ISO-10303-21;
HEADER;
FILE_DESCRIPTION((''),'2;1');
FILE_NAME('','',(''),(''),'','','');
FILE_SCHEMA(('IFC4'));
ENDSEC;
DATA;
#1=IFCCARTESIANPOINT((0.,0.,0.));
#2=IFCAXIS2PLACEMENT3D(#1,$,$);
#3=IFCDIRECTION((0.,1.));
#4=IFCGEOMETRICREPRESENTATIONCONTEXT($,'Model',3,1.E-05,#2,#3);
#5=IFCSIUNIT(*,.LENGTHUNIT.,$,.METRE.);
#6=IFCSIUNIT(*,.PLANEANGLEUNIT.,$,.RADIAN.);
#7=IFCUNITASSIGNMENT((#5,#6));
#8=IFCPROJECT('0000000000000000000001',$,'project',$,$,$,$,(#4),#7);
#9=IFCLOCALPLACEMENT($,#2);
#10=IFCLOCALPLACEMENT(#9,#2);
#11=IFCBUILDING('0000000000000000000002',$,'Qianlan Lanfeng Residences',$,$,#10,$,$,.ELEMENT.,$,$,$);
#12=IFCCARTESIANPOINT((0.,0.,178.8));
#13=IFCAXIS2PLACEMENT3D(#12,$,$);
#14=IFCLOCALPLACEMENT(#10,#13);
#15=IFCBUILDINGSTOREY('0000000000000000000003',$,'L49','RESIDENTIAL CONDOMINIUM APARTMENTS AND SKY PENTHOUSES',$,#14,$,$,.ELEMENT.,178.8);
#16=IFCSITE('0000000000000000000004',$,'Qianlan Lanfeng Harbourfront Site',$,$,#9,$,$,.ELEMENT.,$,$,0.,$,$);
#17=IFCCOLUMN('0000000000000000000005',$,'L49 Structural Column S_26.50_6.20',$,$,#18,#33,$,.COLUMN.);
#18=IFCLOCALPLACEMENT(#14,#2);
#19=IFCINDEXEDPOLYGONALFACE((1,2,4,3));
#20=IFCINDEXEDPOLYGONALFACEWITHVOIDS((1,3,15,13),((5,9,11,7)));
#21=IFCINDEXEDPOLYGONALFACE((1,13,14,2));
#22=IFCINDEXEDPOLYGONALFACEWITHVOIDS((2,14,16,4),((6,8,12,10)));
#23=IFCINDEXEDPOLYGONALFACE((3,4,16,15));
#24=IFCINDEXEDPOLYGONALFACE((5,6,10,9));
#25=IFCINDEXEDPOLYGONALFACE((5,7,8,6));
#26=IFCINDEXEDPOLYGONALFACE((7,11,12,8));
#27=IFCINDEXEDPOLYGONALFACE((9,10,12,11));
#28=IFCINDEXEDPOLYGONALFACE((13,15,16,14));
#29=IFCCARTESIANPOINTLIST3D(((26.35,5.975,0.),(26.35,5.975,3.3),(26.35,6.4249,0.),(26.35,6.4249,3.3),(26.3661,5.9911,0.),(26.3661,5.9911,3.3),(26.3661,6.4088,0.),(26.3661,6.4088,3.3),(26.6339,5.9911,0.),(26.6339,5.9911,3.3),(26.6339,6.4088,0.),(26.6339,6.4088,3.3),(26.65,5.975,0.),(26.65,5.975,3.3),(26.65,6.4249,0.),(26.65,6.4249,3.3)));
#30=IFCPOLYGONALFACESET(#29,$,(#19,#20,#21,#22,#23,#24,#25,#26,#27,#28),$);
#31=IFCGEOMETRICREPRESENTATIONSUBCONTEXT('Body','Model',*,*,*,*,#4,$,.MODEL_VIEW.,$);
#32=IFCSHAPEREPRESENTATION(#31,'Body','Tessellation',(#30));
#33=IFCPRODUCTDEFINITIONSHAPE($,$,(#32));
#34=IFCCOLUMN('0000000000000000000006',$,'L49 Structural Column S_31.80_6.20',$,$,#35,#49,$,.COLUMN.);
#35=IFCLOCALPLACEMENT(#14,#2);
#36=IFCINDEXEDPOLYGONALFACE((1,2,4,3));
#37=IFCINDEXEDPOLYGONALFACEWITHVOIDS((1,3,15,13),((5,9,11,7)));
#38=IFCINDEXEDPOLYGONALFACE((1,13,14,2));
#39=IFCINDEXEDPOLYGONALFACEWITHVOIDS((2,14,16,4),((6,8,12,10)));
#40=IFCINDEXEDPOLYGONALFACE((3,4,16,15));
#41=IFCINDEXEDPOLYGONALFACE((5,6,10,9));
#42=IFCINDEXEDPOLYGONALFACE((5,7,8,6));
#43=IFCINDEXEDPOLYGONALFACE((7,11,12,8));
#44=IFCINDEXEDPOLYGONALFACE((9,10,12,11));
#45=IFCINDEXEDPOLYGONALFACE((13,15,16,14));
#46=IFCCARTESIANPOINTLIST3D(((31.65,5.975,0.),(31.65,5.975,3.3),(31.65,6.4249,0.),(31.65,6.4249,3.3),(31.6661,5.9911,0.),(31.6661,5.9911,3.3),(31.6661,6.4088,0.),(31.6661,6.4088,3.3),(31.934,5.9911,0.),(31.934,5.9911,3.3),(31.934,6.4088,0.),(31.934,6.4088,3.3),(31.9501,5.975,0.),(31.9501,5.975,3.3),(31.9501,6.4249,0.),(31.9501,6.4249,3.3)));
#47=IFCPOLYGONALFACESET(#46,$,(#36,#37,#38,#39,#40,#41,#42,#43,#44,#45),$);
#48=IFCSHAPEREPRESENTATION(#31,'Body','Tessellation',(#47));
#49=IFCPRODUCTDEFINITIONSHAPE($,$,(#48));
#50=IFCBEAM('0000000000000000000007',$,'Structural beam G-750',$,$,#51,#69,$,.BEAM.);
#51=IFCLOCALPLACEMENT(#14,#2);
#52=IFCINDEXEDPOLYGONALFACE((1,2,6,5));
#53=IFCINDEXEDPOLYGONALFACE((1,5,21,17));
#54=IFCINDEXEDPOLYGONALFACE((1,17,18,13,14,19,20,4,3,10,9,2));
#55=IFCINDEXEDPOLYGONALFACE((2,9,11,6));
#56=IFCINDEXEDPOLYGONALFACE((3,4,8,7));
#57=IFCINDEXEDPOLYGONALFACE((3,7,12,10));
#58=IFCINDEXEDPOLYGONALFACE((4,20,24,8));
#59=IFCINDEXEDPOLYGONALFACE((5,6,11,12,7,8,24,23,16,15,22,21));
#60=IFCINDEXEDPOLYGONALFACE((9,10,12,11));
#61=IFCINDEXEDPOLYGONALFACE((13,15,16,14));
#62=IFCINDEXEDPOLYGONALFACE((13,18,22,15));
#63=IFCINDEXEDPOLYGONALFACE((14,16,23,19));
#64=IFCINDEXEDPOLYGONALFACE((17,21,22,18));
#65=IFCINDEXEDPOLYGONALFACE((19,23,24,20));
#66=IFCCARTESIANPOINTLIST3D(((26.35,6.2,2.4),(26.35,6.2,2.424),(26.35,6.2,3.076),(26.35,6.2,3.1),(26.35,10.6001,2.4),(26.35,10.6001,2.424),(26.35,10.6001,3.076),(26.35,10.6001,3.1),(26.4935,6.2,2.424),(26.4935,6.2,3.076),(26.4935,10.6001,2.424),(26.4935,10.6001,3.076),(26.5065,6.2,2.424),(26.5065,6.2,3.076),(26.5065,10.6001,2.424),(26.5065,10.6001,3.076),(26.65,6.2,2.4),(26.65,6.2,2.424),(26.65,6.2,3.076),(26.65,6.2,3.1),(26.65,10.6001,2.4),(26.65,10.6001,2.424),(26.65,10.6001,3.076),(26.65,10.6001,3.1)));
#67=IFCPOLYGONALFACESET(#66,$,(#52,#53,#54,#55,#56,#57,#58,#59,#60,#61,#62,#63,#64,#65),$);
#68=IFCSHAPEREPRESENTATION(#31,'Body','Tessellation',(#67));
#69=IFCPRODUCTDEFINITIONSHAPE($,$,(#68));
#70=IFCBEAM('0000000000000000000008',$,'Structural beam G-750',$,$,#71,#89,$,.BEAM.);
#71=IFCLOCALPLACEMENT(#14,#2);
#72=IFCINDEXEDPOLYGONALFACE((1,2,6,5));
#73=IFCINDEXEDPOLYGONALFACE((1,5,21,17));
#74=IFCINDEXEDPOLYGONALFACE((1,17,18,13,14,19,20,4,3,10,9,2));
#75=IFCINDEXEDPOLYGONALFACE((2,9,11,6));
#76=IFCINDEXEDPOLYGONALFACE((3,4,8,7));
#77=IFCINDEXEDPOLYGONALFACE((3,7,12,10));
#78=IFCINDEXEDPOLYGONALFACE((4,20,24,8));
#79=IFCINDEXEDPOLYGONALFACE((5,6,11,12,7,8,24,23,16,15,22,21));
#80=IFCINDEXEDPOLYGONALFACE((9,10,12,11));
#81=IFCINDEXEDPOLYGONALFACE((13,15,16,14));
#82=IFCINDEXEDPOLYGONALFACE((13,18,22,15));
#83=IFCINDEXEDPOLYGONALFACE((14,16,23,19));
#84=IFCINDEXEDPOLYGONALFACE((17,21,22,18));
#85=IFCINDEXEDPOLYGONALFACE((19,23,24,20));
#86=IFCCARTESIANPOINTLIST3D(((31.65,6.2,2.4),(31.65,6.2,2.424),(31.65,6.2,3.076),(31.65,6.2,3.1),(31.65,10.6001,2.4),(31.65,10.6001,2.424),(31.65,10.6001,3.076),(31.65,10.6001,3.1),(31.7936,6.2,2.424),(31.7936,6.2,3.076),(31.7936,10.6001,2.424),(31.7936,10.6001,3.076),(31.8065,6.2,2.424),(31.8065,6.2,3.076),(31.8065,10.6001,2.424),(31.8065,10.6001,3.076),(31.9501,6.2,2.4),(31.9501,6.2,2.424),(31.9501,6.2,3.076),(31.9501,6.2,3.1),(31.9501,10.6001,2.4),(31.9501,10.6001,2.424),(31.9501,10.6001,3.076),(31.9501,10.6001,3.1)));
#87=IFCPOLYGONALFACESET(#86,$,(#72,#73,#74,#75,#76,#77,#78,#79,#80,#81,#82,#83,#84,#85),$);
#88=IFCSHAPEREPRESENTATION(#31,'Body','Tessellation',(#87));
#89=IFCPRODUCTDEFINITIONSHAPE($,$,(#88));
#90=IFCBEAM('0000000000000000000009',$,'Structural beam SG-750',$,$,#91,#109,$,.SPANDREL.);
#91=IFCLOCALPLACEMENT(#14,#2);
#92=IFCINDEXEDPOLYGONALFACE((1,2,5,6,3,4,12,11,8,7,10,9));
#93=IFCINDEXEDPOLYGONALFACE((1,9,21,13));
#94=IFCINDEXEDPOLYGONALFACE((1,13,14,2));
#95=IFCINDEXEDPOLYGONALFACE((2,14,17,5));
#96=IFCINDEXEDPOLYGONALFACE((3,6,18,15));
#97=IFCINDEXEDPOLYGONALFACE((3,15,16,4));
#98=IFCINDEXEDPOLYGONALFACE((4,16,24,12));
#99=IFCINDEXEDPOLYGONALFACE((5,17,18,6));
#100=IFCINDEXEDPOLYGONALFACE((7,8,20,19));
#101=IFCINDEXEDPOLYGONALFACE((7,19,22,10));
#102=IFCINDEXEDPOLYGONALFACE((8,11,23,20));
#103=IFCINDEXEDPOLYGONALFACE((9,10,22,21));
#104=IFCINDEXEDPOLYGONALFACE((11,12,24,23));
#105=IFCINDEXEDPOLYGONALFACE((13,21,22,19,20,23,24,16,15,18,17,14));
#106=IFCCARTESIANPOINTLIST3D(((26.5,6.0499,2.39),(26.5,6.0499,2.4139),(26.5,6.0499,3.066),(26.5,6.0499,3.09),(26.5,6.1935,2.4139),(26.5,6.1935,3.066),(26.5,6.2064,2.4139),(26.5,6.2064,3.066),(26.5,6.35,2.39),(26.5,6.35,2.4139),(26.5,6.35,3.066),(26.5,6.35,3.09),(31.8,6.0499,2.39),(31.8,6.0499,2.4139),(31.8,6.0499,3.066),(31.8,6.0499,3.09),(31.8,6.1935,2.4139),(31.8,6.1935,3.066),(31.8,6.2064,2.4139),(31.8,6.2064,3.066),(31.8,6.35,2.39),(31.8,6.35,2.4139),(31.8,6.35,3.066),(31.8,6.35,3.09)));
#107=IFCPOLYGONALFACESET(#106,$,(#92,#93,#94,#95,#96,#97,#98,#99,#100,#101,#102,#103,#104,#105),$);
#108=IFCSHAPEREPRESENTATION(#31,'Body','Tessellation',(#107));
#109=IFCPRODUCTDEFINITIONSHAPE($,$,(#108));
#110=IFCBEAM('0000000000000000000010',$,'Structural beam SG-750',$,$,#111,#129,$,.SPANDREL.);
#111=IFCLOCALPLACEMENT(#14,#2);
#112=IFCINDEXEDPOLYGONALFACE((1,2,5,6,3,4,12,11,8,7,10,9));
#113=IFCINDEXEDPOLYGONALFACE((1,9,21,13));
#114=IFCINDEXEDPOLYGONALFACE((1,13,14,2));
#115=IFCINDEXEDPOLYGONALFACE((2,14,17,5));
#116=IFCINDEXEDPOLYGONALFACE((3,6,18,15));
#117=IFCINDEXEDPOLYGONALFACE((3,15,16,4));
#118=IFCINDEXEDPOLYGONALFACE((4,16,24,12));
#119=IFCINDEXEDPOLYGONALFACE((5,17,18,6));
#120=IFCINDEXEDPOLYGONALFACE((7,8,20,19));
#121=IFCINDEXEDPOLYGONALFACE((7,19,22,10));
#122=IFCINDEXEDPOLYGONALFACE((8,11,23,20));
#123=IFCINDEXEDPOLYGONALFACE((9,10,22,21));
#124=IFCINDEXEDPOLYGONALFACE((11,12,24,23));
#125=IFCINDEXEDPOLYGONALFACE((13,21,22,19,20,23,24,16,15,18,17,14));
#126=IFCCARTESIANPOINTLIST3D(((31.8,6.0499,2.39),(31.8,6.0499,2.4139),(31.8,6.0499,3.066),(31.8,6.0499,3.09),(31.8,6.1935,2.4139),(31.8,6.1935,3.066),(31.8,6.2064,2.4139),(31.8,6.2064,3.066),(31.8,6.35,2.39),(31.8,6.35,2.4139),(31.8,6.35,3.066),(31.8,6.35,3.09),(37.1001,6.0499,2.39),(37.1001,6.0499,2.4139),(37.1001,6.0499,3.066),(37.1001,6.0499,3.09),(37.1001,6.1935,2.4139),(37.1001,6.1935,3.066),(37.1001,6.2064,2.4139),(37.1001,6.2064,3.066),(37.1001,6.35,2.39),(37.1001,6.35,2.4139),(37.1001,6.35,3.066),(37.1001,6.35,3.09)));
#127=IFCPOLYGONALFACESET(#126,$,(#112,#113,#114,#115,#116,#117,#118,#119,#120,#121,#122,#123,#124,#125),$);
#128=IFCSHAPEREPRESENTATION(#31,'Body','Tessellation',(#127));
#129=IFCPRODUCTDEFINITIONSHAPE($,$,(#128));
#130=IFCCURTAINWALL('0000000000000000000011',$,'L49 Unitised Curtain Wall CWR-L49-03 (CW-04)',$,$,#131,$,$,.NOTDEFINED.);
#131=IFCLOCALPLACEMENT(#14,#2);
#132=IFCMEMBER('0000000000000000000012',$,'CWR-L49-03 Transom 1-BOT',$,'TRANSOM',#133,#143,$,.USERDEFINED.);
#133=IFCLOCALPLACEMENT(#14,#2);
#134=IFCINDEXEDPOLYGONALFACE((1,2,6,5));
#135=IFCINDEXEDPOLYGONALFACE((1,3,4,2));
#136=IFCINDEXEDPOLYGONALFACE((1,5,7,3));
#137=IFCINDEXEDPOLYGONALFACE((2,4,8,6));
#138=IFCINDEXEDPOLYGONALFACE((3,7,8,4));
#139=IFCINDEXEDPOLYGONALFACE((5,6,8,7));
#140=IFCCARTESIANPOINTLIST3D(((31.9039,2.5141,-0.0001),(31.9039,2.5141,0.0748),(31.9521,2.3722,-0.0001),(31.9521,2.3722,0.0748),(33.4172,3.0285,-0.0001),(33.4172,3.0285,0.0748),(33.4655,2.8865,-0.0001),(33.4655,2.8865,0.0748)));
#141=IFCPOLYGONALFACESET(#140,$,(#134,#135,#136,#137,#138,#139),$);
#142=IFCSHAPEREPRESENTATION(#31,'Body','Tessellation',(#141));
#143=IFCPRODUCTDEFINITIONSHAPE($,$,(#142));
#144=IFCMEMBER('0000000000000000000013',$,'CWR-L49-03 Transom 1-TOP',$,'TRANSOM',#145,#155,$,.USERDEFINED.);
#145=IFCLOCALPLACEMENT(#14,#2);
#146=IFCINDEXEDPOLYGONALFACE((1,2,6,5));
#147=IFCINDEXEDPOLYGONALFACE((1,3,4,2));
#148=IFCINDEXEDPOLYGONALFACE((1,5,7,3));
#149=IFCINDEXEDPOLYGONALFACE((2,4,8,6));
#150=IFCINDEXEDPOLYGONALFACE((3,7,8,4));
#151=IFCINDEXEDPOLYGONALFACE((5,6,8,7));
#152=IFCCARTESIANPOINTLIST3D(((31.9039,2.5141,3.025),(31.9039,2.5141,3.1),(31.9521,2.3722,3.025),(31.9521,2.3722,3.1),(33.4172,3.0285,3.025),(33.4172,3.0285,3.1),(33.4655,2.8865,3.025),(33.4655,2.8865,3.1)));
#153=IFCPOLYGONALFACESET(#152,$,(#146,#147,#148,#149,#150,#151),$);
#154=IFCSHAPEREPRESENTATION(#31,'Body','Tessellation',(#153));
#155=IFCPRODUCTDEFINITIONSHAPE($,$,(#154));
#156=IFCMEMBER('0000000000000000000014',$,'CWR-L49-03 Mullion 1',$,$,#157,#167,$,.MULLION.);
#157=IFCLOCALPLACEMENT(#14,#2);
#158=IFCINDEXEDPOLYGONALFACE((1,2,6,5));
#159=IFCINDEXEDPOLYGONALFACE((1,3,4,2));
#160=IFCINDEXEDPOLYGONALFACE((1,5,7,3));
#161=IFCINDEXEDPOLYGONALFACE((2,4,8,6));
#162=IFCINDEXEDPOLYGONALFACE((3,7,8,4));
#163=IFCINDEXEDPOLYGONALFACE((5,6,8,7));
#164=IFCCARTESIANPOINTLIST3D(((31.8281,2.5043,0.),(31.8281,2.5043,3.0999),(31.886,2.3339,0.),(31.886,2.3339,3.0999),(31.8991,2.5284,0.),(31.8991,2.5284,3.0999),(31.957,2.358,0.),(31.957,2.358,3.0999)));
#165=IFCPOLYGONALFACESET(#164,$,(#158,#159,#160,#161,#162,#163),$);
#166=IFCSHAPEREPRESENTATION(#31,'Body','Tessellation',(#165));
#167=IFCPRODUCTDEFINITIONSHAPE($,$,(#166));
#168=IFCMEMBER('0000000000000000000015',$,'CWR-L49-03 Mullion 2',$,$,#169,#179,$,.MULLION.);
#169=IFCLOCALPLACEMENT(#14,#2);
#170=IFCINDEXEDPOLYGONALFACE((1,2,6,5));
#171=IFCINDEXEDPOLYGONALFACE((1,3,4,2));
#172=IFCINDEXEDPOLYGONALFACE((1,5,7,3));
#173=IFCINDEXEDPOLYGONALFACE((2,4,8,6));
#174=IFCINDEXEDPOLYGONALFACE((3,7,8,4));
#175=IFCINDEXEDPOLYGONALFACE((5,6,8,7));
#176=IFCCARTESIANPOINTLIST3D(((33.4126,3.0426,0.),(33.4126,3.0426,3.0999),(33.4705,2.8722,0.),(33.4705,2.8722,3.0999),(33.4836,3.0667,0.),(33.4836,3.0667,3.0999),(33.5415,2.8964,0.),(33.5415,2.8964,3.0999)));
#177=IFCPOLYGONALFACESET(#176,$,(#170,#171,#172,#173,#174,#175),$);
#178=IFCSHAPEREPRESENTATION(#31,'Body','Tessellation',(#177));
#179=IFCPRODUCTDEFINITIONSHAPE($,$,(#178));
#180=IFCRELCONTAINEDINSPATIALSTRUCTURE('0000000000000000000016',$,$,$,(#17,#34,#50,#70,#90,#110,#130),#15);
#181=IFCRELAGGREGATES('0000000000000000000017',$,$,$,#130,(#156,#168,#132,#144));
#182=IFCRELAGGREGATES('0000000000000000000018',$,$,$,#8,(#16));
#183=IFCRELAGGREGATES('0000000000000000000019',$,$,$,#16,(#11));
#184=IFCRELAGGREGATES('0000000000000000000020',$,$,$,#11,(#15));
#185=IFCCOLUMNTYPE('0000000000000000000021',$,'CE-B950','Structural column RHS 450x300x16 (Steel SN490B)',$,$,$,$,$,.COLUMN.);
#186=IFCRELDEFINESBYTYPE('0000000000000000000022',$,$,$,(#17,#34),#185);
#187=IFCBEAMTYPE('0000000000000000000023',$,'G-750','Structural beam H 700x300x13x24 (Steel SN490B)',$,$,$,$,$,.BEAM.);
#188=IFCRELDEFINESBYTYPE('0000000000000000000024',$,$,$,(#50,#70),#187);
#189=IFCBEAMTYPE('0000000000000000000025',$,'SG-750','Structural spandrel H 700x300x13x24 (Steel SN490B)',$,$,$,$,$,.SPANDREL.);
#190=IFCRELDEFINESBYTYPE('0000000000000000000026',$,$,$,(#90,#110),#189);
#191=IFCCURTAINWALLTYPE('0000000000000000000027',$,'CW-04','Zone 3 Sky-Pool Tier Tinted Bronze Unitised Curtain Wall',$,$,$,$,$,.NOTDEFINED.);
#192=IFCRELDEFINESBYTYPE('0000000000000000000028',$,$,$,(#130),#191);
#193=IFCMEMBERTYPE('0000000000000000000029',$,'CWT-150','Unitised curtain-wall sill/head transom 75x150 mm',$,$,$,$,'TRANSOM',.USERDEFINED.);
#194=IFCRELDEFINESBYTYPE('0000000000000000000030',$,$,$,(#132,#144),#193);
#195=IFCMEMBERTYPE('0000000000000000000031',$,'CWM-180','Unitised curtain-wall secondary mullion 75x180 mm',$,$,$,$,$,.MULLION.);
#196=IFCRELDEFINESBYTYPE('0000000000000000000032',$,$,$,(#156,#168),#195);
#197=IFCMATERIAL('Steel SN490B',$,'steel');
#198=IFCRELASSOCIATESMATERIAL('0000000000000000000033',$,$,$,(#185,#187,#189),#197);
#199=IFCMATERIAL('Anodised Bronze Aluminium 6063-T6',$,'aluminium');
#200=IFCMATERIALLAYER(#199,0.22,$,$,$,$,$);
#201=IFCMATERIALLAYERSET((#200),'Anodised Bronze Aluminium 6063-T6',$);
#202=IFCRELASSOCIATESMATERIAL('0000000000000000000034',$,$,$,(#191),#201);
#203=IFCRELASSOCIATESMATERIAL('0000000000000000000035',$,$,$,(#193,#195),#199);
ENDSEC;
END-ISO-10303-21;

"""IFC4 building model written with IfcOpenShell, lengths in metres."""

from ifc_helpers import new_model, si_unit, direction, frame, origin, origin_2d, place, context, subcontext, project, spatial, rectangle, hollow_rectangle, i_section, extrude, source, transform, mapped, material, layer, layer_set, material_profile, profile_set, type_object, element, aggregate, save


model = new_model("IFC4")

# Units and contexts
model_context = context("Model", 3, precision=1e-05, world=origin(), true_north=direction((0.0, 1.0)))
body_context = subcontext(model_context, "Body", "Model", "MODEL_VIEW")
ifc_project = project(units=[si_unit("LENGTHUNIT", "METRE"), si_unit("PLANEANGLEUNIT", "RADIAN")], contexts=[model_context])

# Site, building, storey
site_placement = place(None, origin())
site = spatial("IfcSite", under=ifc_project, at=site_placement, Name="Qianlan Lanfeng Harbourfront Site", CompositionType="ELEMENT", RefElevation=0.0)
building_placement = place(site_placement, origin())
building = spatial("IfcBuilding", under=site, at=building_placement, Name="Qianlan Lanfeng Residences", CompositionType="ELEMENT")
storey_placement = place(building_placement, frame((0.0, 0.0, 178.8)))
storey = spatial("IfcBuildingStorey", under=building, at=storey_placement, Name="L49", Description="RESIDENTIAL CONDOMINIUM APARTMENTS AND SKY PENTHOUSES", CompositionType="ELEMENT", Elevation=178.8)

# Columns
ifc_material_1 = material(Name="Steel SN490B", Category="steel")
ifc_material_profile_1 = material_profile(ifc_material_1, hollow_rectangle(XDim=0.3, YDim=0.45, WallThickness=0.0161, at=origin_2d()), Name="RHS 450x300x16")
ifc_profile_set_1 = profile_set([ifc_material_profile_1], Name="Steel SN490B")
column_type = type_object("IfcColumnType", Name="CE-B950", Description="Structural column RHS 450x300x16 (Steel SN490B)", PredefinedType="COLUMN", material=ifc_profile_set_1)
for number, where, z_axis, x_axis, name in (
    (1, (26.5, 6.2, 0.0), (0.0, 0.0, 1.0), (1.0, 0.0, 0.0), "L49 Structural Column S_26.50_6.20"),
    (2, (31.8, 6.2, 0.0), (0.0, 0.0, 1.0), (1.0, 0.0, 0.0), "L49 Structural Column S_31.80_6.20"),
):
    element("IfcColumn", number, at=place(storey_placement, frame(where, z_axis=z_axis, x_axis=x_axis)), inside=storey, type_object=column_type, Name=name, PredefinedType="COLUMN", context=body_context, shape_type="SweptSolid", body=[
        extrude(hollow_rectangle(XDim=0.3, YDim=0.45, WallThickness=0.0161, at=origin_2d()), origin(), (0.0, 0.0, 1.0), 3.3),
    ])

# Beams
ifc_material_profile_2 = material_profile(ifc_material_1, i_section(OverallWidth=0.3, OverallDepth=0.7, WebThickness=0.0129, FlangeThickness=0.0239, at=origin_2d()), Name="H 700x300x13x24")
ifc_profile_set_2 = profile_set([ifc_material_profile_2], Name="Steel SN490B")
beam_type_1 = type_object("IfcBeamType", Name="G-750", Description="Structural beam H 700x300x13x24 (Steel SN490B)", PredefinedType="BEAM", material=ifc_profile_set_2)
for number, where, z_axis, x_axis, name in (
    (3, (26.5, 6.2, 2.75), (0.0, 1.0, 0.0), (-1.0, 0.0, 0.0), "Structural beam G-750"),
    (4, (31.8, 6.2, 2.75), (0.0, 1.0, 0.0), (-1.0, 0.0, 0.0), "Structural beam G-750"),
):
    element("IfcBeam", number, at=place(storey_placement, frame(where, z_axis=z_axis, x_axis=x_axis)), inside=storey, type_object=beam_type_1, Name=name, PredefinedType="BEAM", context=body_context, shape_type="SweptSolid", body=[
        extrude(i_section(OverallWidth=0.3, OverallDepth=0.7, WebThickness=0.0129, FlangeThickness=0.0239, at=origin_2d()), origin(), (0.0, 0.0, 1.0), 4.4001),
    ])
ifc_material_profile_3 = material_profile(ifc_material_1, i_section(OverallWidth=0.3, OverallDepth=0.7, WebThickness=0.0129, FlangeThickness=0.0239, at=origin_2d()), Name="H 700x300x13x24")
ifc_profile_set_3 = profile_set([ifc_material_profile_3], Name="Steel SN490B")
beam_type_2 = type_object("IfcBeamType", Name="SG-750", Description="Structural spandrel H 700x300x13x24 (Steel SN490B)", PredefinedType="SPANDREL", material=ifc_profile_set_3)
for number, where, z_axis, x_axis, name in (
    (5, (26.5, 6.2, 2.74), (1.0, 0.0, 0.0), (0.0, 1.0, 0.0), "Structural beam SG-750"),
    (6, (31.8, 6.2, 2.74), (1.0, 0.0, 0.0), (0.0, 1.0, 0.0), "Structural beam SG-750"),
):
    element("IfcBeam", number, at=place(storey_placement, frame(where, z_axis=z_axis, x_axis=x_axis)), inside=storey, type_object=beam_type_2, Name=name, PredefinedType="SPANDREL", context=body_context, shape_type="SweptSolid", body=[
        extrude(i_section(OverallWidth=0.3, OverallDepth=0.7, WebThickness=0.0129, FlangeThickness=0.0239, at=origin_2d()), origin(), (0.0, 0.0, 1.0), 5.3),
    ])

# Curtain wall, members
ifc_material_2 = material(Name="Anodised Bronze Aluminium 6063-T6", Category="aluminium")
ifc_layer_1 = layer(ifc_material_2, 0.22)
ifc_layer_set_1 = layer_set([ifc_layer_1], Name="Anodised Bronze Aluminium 6063-T6")
curtain_wall_type = type_object("IfcCurtainWallType", Name="CW-04", Description="Zone 3 Sky-Pool Tier Tinted Bronze Unitised Curtain Wall", PredefinedType="NOTDEFINED", material=ifc_layer_set_1)
curtain_wall_placement = place(storey_placement, origin())
curtain_wall = element("IfcCurtainWall", 7, at=curtain_wall_placement, inside=storey, type_object=curtain_wall_type, Name="L49 Unitised Curtain Wall CWR-L49-03 (CW-04)", PredefinedType="NOTDEFINED")
ifc_material_profile_4 = material_profile(ifc_material_2, rectangle(XDim=0.075, YDim=0.1499, at=origin_2d()), Name="ALU TRANSOM 75x150")
ifc_profile_set_4 = profile_set([ifc_material_profile_4], Name="Anodised Bronze Aluminium 6063-T6")
member_type_1 = type_object("IfcMemberType", Name="CWT-150", Description="Unitised curtain-wall sill/head transom 75x150 mm", ElementType="TRANSOM", PredefinedType="USERDEFINED", material=ifc_profile_set_4)
shared_shape_1 = source(origin(), body_context, "Body", "SweptSolid", [
    extrude(rectangle(XDim=0.075, YDim=0.1499, at=origin_2d()), origin(), (0.0, 0.0, 1.0), 1.5984),
])
member_1_placement = place(storey_placement, frame((31.928, 2.4431, 0.0374), z_axis=(0.946803, 0.321812, 0.0), x_axis=(0.0, 0.0, 1.0)))
member_1 = element("IfcMember", 8, at=member_1_placement, type_object=member_type_1, Name="CWR-L49-03 Transom 1-BOT", ObjectType="TRANSOM", PredefinedType="USERDEFINED", context=body_context, shape_type="MappedRepresentation", body=[
    mapped(shared_shape_1, transform((0.0, 0.0, 0.0), scale=1.0)),
])
member_2_placement = place(storey_placement, frame((31.928, 2.4431, 3.0625), z_axis=(0.946803, 0.321812, 0.0), x_axis=(0.0, 0.0, 1.0)))
member_2 = element("IfcMember", 9, at=member_2_placement, type_object=member_type_1, Name="CWR-L49-03 Transom 1-TOP", ObjectType="TRANSOM", PredefinedType="USERDEFINED", context=body_context, shape_type="MappedRepresentation", body=[
    mapped(shared_shape_1, transform((0.0, 0.0, 0.0), scale=1.0)),
])
ifc_material_profile_5 = material_profile(ifc_material_2, rectangle(XDim=0.075, YDim=0.1799, at=origin_2d()), Name="ALU MULLION 75x180")
ifc_profile_set_5 = profile_set([ifc_material_profile_5], Name="Anodised Bronze Aluminium 6063-T6")
member_type_2 = type_object("IfcMemberType", Name="CWM-180", Description="Unitised curtain-wall secondary mullion 75x180 mm", PredefinedType="MULLION", material=ifc_profile_set_5)
shared_shape_2 = source(origin(), body_context, "Body", "SweptSolid", [
    extrude(rectangle(XDim=0.075, YDim=0.1799, at=origin_2d()), origin(), (0.0, 0.0, 1.0), 3.0999),
])
member_3_placement = place(storey_placement, frame((31.8926, 2.4312, 0.0), z_axis=(0.0, 0.0, 1.0), x_axis=(0.946826, 0.321745, 0.0)))
member_3 = element("IfcMember", 10, at=member_3_placement, type_object=member_type_2, Name="CWR-L49-03 Mullion 1", PredefinedType="MULLION", context=body_context, shape_type="MappedRepresentation", body=[
    mapped(shared_shape_2, transform((0.0, 0.0, 0.0), scale=1.0)),
])
member_4_placement = place(storey_placement, frame((33.4771, 2.9695, 0.0), z_axis=(0.0, 0.0, 1.0), x_axis=(0.946826, 0.321745, 0.0)))
member_4 = element("IfcMember", 11, at=member_4_placement, type_object=member_type_2, Name="CWR-L49-03 Mullion 2", PredefinedType="MULLION", context=body_context, shape_type="MappedRepresentation", body=[
    mapped(shared_shape_2, transform((0.0, 0.0, 0.0), scale=1.0)),
])
aggregate(curtain_wall, [member_3, member_4, member_1, member_2])

save(model, "model.ifc")
